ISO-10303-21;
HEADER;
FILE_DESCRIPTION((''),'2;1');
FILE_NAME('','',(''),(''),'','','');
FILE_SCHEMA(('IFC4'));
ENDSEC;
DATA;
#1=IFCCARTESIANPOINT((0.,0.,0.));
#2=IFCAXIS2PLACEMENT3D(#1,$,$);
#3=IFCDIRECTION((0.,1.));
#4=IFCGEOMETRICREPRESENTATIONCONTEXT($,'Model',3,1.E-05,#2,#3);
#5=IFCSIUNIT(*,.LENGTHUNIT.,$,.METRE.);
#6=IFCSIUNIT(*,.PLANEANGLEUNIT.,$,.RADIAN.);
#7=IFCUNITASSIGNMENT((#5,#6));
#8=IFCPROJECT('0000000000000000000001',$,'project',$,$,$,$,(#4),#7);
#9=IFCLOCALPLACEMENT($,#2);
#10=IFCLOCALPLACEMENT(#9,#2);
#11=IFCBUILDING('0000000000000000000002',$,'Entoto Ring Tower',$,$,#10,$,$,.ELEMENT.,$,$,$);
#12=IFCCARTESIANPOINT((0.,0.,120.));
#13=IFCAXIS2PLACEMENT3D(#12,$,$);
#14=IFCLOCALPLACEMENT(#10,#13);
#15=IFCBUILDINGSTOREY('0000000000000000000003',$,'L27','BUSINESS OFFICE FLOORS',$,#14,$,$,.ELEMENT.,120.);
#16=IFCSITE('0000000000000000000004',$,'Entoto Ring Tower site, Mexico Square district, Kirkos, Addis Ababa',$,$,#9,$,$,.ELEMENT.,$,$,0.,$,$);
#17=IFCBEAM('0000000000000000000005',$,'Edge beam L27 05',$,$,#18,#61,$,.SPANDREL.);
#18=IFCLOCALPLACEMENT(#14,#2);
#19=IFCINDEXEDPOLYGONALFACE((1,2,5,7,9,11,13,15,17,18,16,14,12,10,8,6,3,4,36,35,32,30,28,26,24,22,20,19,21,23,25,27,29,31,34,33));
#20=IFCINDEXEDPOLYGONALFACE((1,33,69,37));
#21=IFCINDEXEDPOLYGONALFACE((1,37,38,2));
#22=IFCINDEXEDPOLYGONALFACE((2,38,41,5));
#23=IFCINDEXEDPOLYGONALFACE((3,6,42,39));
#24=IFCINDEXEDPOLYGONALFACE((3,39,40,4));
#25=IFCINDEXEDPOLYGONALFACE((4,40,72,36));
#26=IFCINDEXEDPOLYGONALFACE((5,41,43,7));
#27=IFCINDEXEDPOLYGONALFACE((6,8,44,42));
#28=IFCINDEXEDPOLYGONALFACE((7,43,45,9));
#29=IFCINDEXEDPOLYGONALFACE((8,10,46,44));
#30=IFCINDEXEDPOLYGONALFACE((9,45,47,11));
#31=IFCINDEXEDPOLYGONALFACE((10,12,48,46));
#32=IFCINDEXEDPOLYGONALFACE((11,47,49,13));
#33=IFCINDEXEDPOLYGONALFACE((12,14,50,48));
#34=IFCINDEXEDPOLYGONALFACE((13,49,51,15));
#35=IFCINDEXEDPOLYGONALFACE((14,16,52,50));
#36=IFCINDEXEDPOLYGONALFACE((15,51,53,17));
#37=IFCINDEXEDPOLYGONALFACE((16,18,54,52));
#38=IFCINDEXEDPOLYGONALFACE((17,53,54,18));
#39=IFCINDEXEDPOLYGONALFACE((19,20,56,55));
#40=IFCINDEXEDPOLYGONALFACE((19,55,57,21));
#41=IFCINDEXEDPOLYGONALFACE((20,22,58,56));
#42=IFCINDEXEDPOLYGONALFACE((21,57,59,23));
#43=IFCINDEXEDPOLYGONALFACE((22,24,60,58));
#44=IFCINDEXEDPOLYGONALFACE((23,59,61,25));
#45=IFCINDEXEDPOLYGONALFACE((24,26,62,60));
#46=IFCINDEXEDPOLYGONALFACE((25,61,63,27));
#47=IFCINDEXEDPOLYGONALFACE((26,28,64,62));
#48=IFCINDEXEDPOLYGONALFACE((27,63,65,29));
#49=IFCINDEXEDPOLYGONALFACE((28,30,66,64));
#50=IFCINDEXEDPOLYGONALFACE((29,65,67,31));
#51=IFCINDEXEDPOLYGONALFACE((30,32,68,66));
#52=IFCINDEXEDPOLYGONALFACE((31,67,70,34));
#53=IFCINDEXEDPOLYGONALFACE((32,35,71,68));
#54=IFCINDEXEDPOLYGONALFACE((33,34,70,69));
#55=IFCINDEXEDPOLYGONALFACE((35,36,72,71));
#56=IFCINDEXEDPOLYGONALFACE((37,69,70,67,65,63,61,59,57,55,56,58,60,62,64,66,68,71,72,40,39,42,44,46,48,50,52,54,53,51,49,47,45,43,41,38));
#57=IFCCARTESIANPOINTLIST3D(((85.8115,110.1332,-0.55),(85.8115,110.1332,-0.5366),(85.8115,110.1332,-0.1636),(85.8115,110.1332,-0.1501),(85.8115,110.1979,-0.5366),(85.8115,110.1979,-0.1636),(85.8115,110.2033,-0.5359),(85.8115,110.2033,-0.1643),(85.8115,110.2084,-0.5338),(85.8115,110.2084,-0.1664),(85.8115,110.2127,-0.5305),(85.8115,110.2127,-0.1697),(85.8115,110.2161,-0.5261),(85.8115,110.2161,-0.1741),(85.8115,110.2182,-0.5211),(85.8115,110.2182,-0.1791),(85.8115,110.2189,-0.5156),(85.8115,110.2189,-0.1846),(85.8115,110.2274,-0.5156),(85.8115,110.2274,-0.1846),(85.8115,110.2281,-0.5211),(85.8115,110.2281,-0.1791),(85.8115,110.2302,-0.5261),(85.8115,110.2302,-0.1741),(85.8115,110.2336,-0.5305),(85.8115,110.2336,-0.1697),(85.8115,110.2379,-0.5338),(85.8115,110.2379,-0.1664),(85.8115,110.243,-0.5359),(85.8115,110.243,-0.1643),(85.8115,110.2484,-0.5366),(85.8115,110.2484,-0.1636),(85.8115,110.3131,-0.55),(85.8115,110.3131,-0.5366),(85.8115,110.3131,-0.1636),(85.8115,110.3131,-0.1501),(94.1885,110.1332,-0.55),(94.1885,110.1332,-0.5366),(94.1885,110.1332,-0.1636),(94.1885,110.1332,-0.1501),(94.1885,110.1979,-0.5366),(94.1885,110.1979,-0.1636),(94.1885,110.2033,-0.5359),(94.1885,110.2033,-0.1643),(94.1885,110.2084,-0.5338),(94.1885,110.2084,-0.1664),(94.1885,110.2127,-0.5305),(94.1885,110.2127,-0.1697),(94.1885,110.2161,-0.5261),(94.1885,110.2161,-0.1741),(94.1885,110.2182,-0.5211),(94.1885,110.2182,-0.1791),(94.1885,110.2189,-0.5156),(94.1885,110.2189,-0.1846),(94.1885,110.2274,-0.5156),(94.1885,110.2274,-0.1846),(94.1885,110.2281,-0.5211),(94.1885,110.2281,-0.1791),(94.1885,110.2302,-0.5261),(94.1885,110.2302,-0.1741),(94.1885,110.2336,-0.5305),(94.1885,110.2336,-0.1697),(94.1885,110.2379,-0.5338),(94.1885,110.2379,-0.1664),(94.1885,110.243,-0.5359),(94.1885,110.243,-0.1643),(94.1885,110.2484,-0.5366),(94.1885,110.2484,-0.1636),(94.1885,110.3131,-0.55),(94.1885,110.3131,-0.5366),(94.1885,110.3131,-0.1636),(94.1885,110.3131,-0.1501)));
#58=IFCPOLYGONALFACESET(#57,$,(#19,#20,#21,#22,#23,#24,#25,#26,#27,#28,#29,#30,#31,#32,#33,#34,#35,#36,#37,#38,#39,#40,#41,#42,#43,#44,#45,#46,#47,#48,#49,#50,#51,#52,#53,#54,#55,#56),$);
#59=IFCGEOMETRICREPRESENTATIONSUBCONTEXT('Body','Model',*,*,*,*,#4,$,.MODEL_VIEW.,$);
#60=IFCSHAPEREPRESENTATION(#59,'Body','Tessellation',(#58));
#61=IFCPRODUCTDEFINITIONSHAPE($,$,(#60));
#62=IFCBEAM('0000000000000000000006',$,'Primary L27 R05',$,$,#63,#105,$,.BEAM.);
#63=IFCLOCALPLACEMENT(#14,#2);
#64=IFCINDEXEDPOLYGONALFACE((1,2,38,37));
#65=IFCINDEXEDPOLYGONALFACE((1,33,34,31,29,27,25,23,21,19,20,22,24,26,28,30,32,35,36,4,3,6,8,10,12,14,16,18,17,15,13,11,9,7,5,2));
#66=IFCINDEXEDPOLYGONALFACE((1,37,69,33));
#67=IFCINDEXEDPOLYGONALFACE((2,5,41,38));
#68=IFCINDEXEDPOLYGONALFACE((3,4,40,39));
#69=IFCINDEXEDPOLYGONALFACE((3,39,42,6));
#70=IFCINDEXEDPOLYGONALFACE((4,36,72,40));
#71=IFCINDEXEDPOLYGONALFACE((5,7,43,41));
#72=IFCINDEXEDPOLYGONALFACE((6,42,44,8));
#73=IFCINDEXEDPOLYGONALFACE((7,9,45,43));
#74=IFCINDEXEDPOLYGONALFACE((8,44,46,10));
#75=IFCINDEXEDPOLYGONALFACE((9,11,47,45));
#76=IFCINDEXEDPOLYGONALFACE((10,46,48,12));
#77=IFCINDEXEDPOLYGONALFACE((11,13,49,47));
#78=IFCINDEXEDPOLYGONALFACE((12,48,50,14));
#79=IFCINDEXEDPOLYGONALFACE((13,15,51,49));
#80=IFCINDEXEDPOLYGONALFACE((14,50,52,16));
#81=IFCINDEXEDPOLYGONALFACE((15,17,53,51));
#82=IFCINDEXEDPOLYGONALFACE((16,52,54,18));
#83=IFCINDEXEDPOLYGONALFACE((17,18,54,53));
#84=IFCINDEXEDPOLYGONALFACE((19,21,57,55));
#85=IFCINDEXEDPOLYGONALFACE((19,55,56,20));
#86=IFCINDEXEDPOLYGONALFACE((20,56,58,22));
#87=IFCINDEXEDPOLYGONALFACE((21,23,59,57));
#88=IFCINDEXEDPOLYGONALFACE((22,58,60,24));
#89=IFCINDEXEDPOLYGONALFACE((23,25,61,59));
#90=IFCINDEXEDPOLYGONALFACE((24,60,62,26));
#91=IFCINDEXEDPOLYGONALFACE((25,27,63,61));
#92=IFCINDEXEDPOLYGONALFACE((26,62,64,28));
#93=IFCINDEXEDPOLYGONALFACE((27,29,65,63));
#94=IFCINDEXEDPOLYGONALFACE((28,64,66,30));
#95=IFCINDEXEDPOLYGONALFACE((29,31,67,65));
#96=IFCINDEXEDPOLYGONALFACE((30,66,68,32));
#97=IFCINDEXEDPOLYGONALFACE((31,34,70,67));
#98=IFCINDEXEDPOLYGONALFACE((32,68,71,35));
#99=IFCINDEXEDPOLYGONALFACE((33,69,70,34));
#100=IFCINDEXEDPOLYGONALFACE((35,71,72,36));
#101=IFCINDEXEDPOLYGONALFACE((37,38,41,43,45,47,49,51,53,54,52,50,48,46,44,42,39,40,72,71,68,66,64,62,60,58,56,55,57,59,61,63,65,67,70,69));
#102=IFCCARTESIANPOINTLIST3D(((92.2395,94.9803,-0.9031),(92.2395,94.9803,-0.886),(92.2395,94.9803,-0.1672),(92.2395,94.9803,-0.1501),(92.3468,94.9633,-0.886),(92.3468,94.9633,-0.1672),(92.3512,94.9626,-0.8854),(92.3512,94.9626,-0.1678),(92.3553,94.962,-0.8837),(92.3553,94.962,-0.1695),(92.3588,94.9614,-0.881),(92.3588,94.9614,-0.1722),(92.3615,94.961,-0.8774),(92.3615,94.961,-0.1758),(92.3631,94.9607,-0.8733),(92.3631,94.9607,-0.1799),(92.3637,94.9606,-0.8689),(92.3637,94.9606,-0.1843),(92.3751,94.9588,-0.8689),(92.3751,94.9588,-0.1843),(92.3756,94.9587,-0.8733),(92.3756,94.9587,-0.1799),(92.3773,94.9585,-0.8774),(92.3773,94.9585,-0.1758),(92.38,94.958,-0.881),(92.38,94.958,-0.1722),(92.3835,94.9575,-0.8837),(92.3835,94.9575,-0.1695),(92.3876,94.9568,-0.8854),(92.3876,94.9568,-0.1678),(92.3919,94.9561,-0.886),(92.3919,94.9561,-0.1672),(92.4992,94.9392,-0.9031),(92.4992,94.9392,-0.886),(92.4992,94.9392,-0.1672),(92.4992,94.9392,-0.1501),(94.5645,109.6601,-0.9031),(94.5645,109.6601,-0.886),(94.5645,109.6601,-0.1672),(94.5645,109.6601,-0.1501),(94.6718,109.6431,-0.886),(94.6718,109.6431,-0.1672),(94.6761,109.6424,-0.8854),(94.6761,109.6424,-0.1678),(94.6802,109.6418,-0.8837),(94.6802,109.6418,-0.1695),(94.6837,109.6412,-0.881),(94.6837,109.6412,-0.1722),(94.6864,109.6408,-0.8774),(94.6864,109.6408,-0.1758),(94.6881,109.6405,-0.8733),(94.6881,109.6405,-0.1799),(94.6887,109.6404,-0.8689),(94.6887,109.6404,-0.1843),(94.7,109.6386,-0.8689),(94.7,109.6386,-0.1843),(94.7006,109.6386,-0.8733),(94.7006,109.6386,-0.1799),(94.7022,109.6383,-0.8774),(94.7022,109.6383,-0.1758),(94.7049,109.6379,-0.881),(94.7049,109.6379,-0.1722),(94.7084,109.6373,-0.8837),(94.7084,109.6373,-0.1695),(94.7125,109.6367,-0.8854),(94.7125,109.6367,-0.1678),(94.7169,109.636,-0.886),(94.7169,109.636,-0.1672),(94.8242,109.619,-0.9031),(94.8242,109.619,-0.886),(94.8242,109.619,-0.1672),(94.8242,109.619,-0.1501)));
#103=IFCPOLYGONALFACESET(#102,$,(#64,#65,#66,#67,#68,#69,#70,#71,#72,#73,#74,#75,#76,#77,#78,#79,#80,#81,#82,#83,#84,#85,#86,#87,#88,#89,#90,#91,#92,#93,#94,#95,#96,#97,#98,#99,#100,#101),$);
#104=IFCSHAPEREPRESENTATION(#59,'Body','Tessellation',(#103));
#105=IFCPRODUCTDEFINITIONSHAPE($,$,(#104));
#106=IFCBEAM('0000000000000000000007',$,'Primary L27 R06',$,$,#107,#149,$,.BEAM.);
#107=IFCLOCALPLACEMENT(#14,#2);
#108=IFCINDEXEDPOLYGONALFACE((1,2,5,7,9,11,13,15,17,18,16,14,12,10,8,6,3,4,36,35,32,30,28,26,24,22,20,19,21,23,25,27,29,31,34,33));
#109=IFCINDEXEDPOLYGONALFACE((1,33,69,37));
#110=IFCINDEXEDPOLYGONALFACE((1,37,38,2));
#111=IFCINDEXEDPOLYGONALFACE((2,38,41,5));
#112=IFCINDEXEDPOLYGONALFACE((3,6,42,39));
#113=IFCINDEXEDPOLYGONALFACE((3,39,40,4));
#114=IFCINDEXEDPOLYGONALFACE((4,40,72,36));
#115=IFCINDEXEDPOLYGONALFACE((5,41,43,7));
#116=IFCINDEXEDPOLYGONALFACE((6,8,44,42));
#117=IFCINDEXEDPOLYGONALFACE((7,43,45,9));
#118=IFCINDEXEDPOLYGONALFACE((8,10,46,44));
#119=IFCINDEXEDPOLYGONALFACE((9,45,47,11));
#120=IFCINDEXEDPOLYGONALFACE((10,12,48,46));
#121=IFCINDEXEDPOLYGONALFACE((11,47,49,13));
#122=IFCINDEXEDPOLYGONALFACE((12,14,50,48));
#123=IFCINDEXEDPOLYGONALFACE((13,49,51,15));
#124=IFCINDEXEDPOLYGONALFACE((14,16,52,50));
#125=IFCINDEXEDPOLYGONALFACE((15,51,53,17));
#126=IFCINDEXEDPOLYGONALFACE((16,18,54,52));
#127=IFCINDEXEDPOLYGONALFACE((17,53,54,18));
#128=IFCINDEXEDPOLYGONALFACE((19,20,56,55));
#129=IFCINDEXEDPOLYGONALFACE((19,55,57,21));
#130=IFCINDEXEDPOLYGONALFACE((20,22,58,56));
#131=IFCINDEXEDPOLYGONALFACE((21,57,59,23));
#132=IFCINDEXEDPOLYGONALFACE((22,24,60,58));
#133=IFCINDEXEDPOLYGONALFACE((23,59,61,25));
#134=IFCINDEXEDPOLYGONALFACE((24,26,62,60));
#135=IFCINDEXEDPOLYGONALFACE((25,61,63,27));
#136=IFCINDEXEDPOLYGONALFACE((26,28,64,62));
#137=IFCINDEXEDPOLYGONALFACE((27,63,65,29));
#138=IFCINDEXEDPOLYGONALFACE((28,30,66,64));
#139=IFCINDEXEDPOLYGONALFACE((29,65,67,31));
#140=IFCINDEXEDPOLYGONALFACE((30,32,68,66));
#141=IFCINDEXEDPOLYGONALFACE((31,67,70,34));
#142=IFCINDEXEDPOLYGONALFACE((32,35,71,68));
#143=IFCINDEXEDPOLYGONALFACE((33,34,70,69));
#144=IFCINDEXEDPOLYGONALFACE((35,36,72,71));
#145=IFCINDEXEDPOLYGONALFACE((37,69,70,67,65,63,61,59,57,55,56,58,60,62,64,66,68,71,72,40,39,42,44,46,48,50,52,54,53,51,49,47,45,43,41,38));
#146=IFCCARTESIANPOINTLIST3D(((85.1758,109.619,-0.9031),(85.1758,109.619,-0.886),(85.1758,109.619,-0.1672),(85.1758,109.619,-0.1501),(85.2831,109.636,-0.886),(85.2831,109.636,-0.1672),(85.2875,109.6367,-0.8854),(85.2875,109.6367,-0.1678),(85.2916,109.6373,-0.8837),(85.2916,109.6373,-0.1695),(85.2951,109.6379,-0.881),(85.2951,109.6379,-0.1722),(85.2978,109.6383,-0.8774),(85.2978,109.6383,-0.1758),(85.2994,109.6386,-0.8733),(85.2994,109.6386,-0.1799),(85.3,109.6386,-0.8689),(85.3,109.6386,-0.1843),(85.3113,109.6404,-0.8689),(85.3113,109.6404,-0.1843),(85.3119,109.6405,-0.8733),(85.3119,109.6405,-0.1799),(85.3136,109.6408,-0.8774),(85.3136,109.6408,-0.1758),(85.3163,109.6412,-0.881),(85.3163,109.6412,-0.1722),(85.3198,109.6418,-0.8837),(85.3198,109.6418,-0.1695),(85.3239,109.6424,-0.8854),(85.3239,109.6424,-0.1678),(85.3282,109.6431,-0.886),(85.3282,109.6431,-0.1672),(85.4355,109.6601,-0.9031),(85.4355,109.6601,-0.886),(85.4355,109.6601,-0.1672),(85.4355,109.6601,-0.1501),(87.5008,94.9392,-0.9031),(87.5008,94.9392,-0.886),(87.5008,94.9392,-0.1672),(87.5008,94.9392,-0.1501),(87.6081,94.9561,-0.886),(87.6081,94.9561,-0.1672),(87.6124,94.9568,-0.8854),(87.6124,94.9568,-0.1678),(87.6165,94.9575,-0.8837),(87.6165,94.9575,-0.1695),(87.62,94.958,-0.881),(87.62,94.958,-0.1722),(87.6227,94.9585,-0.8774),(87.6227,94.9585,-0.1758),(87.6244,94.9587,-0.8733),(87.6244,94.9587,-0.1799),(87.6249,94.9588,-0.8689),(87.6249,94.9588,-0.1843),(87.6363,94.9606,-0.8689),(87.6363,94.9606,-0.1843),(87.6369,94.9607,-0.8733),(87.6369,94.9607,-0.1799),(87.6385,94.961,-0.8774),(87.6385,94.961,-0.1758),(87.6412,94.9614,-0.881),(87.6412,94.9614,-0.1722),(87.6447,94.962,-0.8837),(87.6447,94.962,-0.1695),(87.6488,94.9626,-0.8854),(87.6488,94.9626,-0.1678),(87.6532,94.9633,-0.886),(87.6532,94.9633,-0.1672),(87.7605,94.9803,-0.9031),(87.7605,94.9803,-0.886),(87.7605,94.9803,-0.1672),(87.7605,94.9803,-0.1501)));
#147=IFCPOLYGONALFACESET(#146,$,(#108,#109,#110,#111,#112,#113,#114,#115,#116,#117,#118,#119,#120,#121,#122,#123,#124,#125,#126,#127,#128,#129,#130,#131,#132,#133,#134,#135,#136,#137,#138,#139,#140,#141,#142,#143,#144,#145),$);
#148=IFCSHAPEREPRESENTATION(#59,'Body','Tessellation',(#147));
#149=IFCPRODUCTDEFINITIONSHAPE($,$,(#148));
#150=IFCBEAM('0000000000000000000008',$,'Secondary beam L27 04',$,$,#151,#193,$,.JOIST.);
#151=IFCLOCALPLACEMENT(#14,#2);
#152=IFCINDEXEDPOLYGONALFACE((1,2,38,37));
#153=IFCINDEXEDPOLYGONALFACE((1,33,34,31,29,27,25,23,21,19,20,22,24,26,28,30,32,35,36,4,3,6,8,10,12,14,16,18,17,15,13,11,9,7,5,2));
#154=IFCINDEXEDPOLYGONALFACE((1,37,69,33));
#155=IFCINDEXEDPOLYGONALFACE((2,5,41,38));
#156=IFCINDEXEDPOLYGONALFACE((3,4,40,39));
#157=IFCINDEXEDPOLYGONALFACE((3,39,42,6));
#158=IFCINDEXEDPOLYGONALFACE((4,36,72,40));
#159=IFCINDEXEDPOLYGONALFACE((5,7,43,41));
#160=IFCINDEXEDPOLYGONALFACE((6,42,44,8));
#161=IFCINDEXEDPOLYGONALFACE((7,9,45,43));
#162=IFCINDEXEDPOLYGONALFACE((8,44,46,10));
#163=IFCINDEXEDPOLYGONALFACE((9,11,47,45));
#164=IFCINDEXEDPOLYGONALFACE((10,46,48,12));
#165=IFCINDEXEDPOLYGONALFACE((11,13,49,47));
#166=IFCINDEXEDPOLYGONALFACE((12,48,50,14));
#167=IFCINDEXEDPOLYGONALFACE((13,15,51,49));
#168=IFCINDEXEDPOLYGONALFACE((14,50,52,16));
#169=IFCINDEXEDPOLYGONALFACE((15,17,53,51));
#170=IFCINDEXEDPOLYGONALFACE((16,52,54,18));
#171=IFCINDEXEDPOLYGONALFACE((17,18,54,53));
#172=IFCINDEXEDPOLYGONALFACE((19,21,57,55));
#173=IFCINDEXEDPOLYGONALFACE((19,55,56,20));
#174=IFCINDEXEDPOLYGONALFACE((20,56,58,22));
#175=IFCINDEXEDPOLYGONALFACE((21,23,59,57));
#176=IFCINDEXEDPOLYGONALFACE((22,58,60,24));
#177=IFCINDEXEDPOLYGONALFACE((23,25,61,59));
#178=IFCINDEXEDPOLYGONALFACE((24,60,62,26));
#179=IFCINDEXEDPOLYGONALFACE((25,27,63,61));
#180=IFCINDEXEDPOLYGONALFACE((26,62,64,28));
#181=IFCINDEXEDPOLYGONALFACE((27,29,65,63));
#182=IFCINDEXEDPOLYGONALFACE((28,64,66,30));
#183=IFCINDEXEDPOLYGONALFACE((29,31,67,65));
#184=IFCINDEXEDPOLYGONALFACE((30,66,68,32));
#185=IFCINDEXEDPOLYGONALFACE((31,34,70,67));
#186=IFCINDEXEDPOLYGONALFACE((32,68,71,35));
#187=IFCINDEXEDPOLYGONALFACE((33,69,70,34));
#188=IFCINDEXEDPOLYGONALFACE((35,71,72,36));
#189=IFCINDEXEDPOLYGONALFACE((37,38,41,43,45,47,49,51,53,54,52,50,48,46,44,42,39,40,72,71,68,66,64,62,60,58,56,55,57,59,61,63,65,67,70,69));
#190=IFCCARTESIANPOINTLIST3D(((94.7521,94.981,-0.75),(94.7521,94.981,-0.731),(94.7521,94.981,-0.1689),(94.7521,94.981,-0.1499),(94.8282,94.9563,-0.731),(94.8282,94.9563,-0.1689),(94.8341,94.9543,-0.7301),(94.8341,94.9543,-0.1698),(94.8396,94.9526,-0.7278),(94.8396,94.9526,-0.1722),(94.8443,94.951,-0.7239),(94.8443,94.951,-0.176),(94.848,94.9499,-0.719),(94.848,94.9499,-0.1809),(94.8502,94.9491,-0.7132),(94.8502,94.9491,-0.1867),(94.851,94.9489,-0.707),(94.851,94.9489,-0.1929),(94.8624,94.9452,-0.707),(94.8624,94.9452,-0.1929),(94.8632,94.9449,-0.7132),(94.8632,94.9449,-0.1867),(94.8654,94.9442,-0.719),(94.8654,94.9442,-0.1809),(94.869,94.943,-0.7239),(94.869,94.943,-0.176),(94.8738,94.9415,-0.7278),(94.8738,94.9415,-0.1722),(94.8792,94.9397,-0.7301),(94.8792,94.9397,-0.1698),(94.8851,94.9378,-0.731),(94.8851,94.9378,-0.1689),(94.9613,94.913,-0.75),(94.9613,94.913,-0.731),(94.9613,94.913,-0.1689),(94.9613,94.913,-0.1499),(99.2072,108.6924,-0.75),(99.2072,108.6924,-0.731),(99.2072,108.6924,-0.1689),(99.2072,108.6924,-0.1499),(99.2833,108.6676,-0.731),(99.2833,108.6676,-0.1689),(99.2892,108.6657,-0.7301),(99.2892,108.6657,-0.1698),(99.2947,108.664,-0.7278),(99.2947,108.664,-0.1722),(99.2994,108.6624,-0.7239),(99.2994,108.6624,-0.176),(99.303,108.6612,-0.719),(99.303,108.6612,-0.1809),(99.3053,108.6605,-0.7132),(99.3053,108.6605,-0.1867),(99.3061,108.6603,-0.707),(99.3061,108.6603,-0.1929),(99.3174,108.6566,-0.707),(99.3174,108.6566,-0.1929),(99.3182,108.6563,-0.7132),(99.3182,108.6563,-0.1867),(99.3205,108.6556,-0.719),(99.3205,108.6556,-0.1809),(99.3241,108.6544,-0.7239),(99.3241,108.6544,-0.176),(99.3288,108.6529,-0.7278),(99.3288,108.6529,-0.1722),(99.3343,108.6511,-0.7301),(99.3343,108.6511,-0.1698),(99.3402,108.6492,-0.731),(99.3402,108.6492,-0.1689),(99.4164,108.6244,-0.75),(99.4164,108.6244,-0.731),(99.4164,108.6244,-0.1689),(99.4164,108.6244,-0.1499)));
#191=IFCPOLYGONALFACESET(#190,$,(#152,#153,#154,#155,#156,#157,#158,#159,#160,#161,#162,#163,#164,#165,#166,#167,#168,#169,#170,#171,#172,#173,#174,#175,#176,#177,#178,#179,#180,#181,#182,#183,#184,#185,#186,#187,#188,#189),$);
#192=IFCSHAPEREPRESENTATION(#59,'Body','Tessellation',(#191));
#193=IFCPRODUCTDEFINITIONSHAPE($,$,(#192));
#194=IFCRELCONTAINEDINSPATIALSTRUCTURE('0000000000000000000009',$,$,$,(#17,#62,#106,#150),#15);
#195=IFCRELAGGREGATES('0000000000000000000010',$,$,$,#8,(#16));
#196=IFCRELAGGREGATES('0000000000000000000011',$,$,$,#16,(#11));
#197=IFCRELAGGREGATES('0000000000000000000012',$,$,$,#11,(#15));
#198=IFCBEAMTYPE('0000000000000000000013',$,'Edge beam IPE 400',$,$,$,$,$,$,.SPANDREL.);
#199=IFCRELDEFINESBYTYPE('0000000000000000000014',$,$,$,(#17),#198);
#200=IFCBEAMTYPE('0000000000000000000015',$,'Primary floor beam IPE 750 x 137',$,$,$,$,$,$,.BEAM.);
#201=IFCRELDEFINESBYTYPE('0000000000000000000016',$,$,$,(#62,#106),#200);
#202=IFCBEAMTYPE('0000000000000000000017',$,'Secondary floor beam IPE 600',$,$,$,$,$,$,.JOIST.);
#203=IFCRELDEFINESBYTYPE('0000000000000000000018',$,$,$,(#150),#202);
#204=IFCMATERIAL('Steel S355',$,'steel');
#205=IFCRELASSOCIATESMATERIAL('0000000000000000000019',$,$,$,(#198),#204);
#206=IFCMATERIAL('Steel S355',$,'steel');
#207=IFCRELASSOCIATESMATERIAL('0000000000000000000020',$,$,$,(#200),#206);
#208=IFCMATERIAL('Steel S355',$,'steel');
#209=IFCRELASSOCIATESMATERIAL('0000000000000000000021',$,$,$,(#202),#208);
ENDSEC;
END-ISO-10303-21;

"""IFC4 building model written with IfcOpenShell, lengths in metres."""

from ifc_helpers import new_model, si_unit, direction, frame, origin, origin_2d, place, context, subcontext, project, spatial, i_section, extrude, material, material_profile, profile_set, type_object, element, save


model = new_model("IFC4")

# Units and contexts
model_context = context("Model", 3, precision=1e-05, world=origin(), true_north=direction((0.0, 1.0)))
body_context = subcontext(model_context, "Body", "Model", "MODEL_VIEW")
ifc_project = project(units=[si_unit("LENGTHUNIT", "METRE"), si_unit("PLANEANGLEUNIT", "RADIAN")], contexts=[model_context])

# Site, building, storey
site_placement = place(None, origin())
site = spatial("IfcSite", under=ifc_project, at=site_placement, Name="Entoto Ring Tower site, Mexico Square district, Kirkos, Addis Ababa", CompositionType="ELEMENT", RefElevation=0.0)
building_placement = place(site_placement, origin())
building = spatial("IfcBuilding", under=site, at=building_placement, Name="Entoto Ring Tower", CompositionType="ELEMENT")
storey_placement = place(building_placement, frame((0.0, 0.0, 120.0)))
storey = spatial("IfcBuildingStorey", under=building, at=storey_placement, Name="L27", Description="BUSINESS OFFICE FLOORS", CompositionType="ELEMENT", Elevation=120.0)

# Beams
ifc_material_1 = material(Name="Steel S355", Category="steel")
ifc_material_profile_1 = material_profile(ifc_material_1, i_section(OverallWidth=0.1799, OverallDepth=0.3999, WebThickness=0.0085, FlangeThickness=0.0134, FilletRadius=0.021, at=origin_2d()), Name="IPE 400")
ifc_profile_set_1 = profile_set([ifc_material_profile_1], Name="Steel S355")
beam_type_1 = type_object("IfcBeamType", Name="Edge beam IPE 400", PredefinedType="SPANDREL", material=ifc_profile_set_1)
beam_1_placement = place(storey_placement, frame((94.1885, 110.2231, -0.3501), z_axis=(-1.0, 0.0, 0.0), x_axis=(0.0, -1.0, 0.0)))
element("IfcBeam", 1, at=beam_1_placement, inside=storey, type_object=beam_type_1, Name="Edge beam L27 05", PredefinedType="SPANDREL", context=body_context, shape_type="SweptSolid", body=[
    extrude(i_section(OverallWidth=0.1799, OverallDepth=0.3999, WebThickness=0.0085, FlangeThickness=0.0134, FilletRadius=0.021, at=origin_2d()), origin(), (0.0, 0.0, 1.0), 8.377),
])
ifc_material_2 = material(Name="Steel S355", Category="steel")
ifc_material_profile_2 = material_profile(ifc_material_2, i_section(OverallWidth=0.2629, OverallDepth=0.7529, WebThickness=0.0115, FlangeThickness=0.0171, FilletRadius=0.0171, at=origin_2d()), Name="IPE 750 x 137")
ifc_profile_set_2 = profile_set([ifc_material_profile_2], Name="Steel S355")
beam_type_2 = type_object("IfcBeamType", Name="Primary floor beam IPE 750 x 137", PredefinedType="BEAM", material=ifc_profile_set_2)
for number, where, z_axis, x_axis, name in (
    (2, (92.3694, 94.9597, -0.5266), (0.156426, 0.98769, 0.0), (-0.98769, 0.156426, 0.0), "Primary L27 R05"),
    (3, (87.6306, 94.9597, -0.5266), (-0.156426, 0.98769, 0.0), (-0.98769, -0.156426, 0.0), "Primary L27 R06"),
):
    element("IfcBeam", number, at=place(storey_placement, frame(where, z_axis=z_axis, x_axis=x_axis)), inside=storey, type_object=beam_type_2, Name=name, PredefinedType="BEAM", context=body_context, shape_type="SweptSolid", body=[
        extrude(i_section(OverallWidth=0.2629, OverallDepth=0.7529, WebThickness=0.0115, FlangeThickness=0.0171, FilletRadius=0.0171, at=origin_2d()), origin(), (0.0, 0.0, 1.0), 14.8628),
    ])
ifc_material_3 = material(Name="Steel S355", Category="steel")
ifc_material_profile_3 = material_profile(ifc_material_3, i_section(OverallWidth=0.22, OverallDepth=0.6001, WebThickness=0.012, FlangeThickness=0.019, FilletRadius=0.0239, at=origin_2d()), Name="IPE 600")
ifc_profile_set_3 = profile_set([ifc_material_profile_3], Name="Steel S355")
beam_type_3 = type_object("IfcBeamType", Name="Secondary floor beam IPE 600", PredefinedType="JOIST", material=ifc_profile_set_3)
beam_2_placement = place(storey_placement, frame((94.8567, 94.947, -0.45), z_axis=(0.309015, 0.951057, 0.0), x_axis=(-0.951057, 0.309015, 0.0)))
element("IfcBeam", 4, at=beam_2_placement, inside=storey, type_object=beam_type_3, Name="Secondary beam L27 04", PredefinedType="JOIST", context=body_context, shape_type="SweptSolid", body=[
    extrude(i_section(OverallWidth=0.22, OverallDepth=0.6001, WebThickness=0.012, FlangeThickness=0.019, FilletRadius=0.0239, at=origin_2d()), origin(), (0.0, 0.0, 1.0), 14.417),
])

save(model, "model.ifc")
